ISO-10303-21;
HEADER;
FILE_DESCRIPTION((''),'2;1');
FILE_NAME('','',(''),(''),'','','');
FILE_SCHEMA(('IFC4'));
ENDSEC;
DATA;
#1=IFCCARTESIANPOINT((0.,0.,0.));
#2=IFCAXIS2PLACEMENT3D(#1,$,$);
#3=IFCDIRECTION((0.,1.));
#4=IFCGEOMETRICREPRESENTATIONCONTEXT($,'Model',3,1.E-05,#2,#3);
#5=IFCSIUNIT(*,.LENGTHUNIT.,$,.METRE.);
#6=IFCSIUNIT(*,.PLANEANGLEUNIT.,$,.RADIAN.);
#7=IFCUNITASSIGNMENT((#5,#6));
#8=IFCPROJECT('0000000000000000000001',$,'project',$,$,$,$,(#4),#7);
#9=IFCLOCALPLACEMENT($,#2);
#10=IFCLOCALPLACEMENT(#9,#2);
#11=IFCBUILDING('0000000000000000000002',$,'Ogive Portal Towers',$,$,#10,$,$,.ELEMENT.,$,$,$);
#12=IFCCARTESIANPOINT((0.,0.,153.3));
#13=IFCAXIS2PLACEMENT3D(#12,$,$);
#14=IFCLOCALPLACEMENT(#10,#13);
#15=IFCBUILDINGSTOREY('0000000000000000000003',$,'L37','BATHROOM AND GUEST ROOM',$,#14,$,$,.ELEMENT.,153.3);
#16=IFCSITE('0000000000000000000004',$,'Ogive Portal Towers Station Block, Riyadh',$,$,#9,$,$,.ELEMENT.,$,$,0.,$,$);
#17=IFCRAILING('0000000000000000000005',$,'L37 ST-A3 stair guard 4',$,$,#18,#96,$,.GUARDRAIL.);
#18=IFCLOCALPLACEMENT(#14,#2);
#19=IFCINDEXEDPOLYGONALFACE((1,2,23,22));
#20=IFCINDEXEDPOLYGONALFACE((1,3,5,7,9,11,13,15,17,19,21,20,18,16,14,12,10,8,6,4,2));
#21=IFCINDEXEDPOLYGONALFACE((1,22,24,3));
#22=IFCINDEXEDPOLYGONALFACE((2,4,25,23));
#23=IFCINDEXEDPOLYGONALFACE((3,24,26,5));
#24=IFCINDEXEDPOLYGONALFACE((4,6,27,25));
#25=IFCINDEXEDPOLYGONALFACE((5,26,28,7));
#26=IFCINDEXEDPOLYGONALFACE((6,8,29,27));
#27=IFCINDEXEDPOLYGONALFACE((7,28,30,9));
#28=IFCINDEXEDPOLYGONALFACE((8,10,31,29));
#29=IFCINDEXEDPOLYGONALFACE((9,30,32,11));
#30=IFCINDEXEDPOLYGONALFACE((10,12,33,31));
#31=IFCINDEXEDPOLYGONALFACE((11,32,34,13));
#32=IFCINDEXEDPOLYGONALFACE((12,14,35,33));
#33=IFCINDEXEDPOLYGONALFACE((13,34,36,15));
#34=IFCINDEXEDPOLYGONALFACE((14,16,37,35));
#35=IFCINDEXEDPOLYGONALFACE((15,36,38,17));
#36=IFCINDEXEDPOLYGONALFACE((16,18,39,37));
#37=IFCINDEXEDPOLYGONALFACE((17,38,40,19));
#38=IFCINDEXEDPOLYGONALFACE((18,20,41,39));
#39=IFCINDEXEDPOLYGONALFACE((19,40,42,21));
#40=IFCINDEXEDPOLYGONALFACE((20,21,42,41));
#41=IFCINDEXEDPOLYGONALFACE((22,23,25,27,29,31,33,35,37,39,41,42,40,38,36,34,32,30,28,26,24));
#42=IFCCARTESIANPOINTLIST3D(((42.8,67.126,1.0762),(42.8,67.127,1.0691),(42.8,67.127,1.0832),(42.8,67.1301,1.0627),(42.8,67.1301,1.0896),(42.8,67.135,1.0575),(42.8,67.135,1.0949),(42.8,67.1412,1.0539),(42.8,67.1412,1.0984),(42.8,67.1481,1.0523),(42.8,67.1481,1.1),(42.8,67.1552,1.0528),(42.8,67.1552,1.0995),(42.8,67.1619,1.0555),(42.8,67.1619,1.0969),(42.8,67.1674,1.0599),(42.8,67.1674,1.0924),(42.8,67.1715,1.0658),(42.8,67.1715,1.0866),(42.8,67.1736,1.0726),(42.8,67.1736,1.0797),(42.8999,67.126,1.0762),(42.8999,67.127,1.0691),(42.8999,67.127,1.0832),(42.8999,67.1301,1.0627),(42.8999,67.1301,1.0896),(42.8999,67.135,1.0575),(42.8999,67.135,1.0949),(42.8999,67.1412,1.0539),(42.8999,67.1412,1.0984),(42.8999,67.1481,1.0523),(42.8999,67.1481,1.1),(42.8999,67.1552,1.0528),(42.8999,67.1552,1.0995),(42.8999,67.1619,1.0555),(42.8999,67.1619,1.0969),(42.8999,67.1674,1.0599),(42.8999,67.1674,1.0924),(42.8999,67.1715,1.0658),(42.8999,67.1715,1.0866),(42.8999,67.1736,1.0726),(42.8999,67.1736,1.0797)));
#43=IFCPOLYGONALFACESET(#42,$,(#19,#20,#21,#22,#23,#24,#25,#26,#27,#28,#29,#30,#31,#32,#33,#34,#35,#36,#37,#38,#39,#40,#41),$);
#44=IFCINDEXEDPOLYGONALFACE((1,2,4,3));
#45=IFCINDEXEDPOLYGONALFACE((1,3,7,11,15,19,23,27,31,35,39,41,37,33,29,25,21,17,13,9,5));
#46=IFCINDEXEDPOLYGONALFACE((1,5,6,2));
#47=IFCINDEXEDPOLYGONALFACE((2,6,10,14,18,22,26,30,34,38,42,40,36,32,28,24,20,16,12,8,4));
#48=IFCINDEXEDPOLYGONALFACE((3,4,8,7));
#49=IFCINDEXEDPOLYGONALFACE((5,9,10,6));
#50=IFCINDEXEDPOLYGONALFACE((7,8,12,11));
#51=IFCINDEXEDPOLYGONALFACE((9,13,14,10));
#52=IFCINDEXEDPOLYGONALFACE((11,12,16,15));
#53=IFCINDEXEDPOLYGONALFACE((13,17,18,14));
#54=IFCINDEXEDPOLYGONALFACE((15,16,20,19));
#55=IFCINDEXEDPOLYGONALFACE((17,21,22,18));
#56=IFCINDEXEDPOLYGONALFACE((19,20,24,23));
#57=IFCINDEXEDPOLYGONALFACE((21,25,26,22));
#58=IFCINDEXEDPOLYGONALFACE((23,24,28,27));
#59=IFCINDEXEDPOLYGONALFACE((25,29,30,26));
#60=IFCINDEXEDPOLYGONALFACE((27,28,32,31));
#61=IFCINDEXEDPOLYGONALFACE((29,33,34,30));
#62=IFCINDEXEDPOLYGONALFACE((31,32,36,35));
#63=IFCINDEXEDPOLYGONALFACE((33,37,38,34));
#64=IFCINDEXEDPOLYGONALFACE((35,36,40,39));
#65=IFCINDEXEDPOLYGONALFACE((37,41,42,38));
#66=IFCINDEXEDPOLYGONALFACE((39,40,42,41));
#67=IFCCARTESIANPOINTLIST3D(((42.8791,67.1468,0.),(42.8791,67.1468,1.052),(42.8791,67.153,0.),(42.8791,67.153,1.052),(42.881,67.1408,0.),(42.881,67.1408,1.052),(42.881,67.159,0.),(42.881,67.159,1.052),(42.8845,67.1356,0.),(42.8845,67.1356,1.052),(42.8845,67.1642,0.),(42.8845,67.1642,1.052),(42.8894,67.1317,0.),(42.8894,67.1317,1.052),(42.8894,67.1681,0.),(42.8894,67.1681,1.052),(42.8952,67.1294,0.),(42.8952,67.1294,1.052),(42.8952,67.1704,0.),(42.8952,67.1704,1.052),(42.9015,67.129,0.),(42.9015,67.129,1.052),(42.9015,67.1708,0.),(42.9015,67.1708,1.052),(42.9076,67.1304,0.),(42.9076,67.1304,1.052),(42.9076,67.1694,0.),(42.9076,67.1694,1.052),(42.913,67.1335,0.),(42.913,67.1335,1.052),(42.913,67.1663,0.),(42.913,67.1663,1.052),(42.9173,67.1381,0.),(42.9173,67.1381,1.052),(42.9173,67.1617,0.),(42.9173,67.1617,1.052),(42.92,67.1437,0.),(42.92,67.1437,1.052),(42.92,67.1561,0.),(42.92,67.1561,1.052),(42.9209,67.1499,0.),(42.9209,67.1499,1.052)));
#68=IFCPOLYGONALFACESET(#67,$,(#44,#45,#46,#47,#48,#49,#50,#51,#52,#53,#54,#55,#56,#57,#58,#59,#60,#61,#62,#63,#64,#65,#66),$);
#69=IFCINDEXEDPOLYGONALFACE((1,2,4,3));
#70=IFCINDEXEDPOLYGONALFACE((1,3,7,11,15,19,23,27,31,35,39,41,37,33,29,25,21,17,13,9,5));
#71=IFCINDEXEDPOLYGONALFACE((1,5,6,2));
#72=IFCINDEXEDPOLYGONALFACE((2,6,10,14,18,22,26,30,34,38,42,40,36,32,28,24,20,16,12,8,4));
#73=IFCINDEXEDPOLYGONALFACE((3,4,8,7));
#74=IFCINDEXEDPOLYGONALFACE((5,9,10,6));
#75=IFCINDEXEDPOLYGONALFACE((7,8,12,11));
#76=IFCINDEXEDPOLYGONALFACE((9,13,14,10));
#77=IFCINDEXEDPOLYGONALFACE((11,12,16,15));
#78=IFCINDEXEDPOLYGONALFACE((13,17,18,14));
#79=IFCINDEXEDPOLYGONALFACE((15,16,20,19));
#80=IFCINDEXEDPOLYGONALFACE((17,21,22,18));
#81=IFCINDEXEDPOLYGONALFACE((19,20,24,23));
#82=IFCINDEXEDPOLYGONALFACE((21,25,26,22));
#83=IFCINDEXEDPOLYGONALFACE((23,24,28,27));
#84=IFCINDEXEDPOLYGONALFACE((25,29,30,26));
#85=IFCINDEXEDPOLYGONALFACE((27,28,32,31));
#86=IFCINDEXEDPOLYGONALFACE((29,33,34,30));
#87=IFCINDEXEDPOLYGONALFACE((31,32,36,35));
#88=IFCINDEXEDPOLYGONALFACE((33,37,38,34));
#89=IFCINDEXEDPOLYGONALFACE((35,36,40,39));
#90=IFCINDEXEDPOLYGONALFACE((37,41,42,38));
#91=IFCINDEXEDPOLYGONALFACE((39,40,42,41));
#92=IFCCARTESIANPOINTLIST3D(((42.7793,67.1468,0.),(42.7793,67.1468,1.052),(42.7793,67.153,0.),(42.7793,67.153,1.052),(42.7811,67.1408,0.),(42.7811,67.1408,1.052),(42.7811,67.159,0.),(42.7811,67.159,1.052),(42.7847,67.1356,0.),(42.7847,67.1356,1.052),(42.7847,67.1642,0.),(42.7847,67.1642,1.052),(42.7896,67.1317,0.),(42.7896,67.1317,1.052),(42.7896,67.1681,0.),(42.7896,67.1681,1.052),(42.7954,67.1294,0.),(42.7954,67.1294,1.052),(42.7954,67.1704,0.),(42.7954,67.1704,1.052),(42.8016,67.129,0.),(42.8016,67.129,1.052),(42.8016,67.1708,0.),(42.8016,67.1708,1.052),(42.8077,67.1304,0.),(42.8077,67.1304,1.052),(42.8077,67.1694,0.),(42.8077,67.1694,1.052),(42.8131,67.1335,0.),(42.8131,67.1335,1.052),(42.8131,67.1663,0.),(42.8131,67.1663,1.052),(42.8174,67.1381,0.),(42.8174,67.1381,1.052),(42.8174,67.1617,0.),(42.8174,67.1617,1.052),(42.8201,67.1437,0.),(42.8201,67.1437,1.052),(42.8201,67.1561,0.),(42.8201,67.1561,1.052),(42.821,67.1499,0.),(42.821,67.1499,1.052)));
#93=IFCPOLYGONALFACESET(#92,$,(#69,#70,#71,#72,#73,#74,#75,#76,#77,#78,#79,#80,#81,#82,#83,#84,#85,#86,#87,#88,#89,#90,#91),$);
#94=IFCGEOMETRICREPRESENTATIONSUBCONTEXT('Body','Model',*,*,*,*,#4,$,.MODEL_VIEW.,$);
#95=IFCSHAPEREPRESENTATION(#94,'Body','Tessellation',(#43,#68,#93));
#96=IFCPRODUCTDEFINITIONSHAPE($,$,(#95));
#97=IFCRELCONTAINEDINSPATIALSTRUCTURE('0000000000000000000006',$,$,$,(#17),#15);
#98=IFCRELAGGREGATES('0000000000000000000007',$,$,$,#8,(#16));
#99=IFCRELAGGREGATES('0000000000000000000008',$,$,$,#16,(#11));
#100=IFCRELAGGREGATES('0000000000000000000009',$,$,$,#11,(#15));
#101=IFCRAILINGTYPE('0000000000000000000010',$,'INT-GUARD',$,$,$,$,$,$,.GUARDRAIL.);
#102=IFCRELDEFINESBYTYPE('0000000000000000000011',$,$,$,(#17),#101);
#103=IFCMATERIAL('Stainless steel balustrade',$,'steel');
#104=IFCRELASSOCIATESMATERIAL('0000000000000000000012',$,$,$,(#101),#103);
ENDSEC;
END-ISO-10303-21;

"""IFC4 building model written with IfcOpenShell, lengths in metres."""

from ifc_helpers import new_model, si_unit, direction, frame, origin, origin_2d, place, context, subcontext, project, spatial, circle, extrude, material, type_object, element, save


model = new_model("IFC4")

# Units and contexts
model_context = context("Model", 3, precision=1e-05, world=origin(), true_north=direction((0.0, 1.0)))
body_context = subcontext(model_context, "Body", "Model", "MODEL_VIEW")
ifc_project = project(units=[si_unit("LENGTHUNIT", "METRE"), si_unit("PLANEANGLEUNIT", "RADIAN")], contexts=[model_context])

# Site, building, storey
site_placement = place(None, origin())
site = spatial("IfcSite", under=ifc_project, at=site_placement, Name="Ogive Portal Towers Station Block, Riyadh", CompositionType="ELEMENT", RefElevation=0.0)
building_placement = place(site_placement, origin())
building = spatial("IfcBuilding", under=site, at=building_placement, Name="Ogive Portal Towers", CompositionType="ELEMENT")
storey_placement = place(building_placement, frame((0.0, 0.0, 153.3)))
storey = spatial("IfcBuildingStorey", under=building, at=storey_placement, Name="L37", Description="BATHROOM AND GUEST ROOM", CompositionType="ELEMENT", Elevation=153.3)

# Railing
ifc_material_1 = material(Name="Stainless steel balustrade", Category="steel")
railing_type_1 = type_object("IfcRailingType", Name="INT-GUARD", PredefinedType="GUARDRAIL", material=ifc_material_1)
railing_1_placement = place(storey_placement, frame((42.8999, 67.1499, 0.0)))
element("IfcRailing", 1, at=railing_1_placement, inside=storey, type_object=railing_type_1, Name="L37 ST-A3 stair guard 4", PredefinedType="GUARDRAIL", context=body_context, shape_type="SweptSolid", body=[
    extrude(circle(Radius=0.0239, at=origin_2d()), frame((0.0, 0.0, 1.0762), z_axis=(-1.0, 0.0, 0.0), x_axis=(0.0, -1.0, 0.0)), (0.0, 0.0, 1.0), 0.0999),
    extrude(circle(Radius=0.021, at=origin_2d()), origin(), (0.0, 0.0, 1.0), 1.052),
    extrude(circle(Radius=0.021, at=origin_2d()), frame((-0.0999, 0.0, 0.0)), (0.0, 0.0, 1.0), 1.052),
])

save(model, "model.ifc")
